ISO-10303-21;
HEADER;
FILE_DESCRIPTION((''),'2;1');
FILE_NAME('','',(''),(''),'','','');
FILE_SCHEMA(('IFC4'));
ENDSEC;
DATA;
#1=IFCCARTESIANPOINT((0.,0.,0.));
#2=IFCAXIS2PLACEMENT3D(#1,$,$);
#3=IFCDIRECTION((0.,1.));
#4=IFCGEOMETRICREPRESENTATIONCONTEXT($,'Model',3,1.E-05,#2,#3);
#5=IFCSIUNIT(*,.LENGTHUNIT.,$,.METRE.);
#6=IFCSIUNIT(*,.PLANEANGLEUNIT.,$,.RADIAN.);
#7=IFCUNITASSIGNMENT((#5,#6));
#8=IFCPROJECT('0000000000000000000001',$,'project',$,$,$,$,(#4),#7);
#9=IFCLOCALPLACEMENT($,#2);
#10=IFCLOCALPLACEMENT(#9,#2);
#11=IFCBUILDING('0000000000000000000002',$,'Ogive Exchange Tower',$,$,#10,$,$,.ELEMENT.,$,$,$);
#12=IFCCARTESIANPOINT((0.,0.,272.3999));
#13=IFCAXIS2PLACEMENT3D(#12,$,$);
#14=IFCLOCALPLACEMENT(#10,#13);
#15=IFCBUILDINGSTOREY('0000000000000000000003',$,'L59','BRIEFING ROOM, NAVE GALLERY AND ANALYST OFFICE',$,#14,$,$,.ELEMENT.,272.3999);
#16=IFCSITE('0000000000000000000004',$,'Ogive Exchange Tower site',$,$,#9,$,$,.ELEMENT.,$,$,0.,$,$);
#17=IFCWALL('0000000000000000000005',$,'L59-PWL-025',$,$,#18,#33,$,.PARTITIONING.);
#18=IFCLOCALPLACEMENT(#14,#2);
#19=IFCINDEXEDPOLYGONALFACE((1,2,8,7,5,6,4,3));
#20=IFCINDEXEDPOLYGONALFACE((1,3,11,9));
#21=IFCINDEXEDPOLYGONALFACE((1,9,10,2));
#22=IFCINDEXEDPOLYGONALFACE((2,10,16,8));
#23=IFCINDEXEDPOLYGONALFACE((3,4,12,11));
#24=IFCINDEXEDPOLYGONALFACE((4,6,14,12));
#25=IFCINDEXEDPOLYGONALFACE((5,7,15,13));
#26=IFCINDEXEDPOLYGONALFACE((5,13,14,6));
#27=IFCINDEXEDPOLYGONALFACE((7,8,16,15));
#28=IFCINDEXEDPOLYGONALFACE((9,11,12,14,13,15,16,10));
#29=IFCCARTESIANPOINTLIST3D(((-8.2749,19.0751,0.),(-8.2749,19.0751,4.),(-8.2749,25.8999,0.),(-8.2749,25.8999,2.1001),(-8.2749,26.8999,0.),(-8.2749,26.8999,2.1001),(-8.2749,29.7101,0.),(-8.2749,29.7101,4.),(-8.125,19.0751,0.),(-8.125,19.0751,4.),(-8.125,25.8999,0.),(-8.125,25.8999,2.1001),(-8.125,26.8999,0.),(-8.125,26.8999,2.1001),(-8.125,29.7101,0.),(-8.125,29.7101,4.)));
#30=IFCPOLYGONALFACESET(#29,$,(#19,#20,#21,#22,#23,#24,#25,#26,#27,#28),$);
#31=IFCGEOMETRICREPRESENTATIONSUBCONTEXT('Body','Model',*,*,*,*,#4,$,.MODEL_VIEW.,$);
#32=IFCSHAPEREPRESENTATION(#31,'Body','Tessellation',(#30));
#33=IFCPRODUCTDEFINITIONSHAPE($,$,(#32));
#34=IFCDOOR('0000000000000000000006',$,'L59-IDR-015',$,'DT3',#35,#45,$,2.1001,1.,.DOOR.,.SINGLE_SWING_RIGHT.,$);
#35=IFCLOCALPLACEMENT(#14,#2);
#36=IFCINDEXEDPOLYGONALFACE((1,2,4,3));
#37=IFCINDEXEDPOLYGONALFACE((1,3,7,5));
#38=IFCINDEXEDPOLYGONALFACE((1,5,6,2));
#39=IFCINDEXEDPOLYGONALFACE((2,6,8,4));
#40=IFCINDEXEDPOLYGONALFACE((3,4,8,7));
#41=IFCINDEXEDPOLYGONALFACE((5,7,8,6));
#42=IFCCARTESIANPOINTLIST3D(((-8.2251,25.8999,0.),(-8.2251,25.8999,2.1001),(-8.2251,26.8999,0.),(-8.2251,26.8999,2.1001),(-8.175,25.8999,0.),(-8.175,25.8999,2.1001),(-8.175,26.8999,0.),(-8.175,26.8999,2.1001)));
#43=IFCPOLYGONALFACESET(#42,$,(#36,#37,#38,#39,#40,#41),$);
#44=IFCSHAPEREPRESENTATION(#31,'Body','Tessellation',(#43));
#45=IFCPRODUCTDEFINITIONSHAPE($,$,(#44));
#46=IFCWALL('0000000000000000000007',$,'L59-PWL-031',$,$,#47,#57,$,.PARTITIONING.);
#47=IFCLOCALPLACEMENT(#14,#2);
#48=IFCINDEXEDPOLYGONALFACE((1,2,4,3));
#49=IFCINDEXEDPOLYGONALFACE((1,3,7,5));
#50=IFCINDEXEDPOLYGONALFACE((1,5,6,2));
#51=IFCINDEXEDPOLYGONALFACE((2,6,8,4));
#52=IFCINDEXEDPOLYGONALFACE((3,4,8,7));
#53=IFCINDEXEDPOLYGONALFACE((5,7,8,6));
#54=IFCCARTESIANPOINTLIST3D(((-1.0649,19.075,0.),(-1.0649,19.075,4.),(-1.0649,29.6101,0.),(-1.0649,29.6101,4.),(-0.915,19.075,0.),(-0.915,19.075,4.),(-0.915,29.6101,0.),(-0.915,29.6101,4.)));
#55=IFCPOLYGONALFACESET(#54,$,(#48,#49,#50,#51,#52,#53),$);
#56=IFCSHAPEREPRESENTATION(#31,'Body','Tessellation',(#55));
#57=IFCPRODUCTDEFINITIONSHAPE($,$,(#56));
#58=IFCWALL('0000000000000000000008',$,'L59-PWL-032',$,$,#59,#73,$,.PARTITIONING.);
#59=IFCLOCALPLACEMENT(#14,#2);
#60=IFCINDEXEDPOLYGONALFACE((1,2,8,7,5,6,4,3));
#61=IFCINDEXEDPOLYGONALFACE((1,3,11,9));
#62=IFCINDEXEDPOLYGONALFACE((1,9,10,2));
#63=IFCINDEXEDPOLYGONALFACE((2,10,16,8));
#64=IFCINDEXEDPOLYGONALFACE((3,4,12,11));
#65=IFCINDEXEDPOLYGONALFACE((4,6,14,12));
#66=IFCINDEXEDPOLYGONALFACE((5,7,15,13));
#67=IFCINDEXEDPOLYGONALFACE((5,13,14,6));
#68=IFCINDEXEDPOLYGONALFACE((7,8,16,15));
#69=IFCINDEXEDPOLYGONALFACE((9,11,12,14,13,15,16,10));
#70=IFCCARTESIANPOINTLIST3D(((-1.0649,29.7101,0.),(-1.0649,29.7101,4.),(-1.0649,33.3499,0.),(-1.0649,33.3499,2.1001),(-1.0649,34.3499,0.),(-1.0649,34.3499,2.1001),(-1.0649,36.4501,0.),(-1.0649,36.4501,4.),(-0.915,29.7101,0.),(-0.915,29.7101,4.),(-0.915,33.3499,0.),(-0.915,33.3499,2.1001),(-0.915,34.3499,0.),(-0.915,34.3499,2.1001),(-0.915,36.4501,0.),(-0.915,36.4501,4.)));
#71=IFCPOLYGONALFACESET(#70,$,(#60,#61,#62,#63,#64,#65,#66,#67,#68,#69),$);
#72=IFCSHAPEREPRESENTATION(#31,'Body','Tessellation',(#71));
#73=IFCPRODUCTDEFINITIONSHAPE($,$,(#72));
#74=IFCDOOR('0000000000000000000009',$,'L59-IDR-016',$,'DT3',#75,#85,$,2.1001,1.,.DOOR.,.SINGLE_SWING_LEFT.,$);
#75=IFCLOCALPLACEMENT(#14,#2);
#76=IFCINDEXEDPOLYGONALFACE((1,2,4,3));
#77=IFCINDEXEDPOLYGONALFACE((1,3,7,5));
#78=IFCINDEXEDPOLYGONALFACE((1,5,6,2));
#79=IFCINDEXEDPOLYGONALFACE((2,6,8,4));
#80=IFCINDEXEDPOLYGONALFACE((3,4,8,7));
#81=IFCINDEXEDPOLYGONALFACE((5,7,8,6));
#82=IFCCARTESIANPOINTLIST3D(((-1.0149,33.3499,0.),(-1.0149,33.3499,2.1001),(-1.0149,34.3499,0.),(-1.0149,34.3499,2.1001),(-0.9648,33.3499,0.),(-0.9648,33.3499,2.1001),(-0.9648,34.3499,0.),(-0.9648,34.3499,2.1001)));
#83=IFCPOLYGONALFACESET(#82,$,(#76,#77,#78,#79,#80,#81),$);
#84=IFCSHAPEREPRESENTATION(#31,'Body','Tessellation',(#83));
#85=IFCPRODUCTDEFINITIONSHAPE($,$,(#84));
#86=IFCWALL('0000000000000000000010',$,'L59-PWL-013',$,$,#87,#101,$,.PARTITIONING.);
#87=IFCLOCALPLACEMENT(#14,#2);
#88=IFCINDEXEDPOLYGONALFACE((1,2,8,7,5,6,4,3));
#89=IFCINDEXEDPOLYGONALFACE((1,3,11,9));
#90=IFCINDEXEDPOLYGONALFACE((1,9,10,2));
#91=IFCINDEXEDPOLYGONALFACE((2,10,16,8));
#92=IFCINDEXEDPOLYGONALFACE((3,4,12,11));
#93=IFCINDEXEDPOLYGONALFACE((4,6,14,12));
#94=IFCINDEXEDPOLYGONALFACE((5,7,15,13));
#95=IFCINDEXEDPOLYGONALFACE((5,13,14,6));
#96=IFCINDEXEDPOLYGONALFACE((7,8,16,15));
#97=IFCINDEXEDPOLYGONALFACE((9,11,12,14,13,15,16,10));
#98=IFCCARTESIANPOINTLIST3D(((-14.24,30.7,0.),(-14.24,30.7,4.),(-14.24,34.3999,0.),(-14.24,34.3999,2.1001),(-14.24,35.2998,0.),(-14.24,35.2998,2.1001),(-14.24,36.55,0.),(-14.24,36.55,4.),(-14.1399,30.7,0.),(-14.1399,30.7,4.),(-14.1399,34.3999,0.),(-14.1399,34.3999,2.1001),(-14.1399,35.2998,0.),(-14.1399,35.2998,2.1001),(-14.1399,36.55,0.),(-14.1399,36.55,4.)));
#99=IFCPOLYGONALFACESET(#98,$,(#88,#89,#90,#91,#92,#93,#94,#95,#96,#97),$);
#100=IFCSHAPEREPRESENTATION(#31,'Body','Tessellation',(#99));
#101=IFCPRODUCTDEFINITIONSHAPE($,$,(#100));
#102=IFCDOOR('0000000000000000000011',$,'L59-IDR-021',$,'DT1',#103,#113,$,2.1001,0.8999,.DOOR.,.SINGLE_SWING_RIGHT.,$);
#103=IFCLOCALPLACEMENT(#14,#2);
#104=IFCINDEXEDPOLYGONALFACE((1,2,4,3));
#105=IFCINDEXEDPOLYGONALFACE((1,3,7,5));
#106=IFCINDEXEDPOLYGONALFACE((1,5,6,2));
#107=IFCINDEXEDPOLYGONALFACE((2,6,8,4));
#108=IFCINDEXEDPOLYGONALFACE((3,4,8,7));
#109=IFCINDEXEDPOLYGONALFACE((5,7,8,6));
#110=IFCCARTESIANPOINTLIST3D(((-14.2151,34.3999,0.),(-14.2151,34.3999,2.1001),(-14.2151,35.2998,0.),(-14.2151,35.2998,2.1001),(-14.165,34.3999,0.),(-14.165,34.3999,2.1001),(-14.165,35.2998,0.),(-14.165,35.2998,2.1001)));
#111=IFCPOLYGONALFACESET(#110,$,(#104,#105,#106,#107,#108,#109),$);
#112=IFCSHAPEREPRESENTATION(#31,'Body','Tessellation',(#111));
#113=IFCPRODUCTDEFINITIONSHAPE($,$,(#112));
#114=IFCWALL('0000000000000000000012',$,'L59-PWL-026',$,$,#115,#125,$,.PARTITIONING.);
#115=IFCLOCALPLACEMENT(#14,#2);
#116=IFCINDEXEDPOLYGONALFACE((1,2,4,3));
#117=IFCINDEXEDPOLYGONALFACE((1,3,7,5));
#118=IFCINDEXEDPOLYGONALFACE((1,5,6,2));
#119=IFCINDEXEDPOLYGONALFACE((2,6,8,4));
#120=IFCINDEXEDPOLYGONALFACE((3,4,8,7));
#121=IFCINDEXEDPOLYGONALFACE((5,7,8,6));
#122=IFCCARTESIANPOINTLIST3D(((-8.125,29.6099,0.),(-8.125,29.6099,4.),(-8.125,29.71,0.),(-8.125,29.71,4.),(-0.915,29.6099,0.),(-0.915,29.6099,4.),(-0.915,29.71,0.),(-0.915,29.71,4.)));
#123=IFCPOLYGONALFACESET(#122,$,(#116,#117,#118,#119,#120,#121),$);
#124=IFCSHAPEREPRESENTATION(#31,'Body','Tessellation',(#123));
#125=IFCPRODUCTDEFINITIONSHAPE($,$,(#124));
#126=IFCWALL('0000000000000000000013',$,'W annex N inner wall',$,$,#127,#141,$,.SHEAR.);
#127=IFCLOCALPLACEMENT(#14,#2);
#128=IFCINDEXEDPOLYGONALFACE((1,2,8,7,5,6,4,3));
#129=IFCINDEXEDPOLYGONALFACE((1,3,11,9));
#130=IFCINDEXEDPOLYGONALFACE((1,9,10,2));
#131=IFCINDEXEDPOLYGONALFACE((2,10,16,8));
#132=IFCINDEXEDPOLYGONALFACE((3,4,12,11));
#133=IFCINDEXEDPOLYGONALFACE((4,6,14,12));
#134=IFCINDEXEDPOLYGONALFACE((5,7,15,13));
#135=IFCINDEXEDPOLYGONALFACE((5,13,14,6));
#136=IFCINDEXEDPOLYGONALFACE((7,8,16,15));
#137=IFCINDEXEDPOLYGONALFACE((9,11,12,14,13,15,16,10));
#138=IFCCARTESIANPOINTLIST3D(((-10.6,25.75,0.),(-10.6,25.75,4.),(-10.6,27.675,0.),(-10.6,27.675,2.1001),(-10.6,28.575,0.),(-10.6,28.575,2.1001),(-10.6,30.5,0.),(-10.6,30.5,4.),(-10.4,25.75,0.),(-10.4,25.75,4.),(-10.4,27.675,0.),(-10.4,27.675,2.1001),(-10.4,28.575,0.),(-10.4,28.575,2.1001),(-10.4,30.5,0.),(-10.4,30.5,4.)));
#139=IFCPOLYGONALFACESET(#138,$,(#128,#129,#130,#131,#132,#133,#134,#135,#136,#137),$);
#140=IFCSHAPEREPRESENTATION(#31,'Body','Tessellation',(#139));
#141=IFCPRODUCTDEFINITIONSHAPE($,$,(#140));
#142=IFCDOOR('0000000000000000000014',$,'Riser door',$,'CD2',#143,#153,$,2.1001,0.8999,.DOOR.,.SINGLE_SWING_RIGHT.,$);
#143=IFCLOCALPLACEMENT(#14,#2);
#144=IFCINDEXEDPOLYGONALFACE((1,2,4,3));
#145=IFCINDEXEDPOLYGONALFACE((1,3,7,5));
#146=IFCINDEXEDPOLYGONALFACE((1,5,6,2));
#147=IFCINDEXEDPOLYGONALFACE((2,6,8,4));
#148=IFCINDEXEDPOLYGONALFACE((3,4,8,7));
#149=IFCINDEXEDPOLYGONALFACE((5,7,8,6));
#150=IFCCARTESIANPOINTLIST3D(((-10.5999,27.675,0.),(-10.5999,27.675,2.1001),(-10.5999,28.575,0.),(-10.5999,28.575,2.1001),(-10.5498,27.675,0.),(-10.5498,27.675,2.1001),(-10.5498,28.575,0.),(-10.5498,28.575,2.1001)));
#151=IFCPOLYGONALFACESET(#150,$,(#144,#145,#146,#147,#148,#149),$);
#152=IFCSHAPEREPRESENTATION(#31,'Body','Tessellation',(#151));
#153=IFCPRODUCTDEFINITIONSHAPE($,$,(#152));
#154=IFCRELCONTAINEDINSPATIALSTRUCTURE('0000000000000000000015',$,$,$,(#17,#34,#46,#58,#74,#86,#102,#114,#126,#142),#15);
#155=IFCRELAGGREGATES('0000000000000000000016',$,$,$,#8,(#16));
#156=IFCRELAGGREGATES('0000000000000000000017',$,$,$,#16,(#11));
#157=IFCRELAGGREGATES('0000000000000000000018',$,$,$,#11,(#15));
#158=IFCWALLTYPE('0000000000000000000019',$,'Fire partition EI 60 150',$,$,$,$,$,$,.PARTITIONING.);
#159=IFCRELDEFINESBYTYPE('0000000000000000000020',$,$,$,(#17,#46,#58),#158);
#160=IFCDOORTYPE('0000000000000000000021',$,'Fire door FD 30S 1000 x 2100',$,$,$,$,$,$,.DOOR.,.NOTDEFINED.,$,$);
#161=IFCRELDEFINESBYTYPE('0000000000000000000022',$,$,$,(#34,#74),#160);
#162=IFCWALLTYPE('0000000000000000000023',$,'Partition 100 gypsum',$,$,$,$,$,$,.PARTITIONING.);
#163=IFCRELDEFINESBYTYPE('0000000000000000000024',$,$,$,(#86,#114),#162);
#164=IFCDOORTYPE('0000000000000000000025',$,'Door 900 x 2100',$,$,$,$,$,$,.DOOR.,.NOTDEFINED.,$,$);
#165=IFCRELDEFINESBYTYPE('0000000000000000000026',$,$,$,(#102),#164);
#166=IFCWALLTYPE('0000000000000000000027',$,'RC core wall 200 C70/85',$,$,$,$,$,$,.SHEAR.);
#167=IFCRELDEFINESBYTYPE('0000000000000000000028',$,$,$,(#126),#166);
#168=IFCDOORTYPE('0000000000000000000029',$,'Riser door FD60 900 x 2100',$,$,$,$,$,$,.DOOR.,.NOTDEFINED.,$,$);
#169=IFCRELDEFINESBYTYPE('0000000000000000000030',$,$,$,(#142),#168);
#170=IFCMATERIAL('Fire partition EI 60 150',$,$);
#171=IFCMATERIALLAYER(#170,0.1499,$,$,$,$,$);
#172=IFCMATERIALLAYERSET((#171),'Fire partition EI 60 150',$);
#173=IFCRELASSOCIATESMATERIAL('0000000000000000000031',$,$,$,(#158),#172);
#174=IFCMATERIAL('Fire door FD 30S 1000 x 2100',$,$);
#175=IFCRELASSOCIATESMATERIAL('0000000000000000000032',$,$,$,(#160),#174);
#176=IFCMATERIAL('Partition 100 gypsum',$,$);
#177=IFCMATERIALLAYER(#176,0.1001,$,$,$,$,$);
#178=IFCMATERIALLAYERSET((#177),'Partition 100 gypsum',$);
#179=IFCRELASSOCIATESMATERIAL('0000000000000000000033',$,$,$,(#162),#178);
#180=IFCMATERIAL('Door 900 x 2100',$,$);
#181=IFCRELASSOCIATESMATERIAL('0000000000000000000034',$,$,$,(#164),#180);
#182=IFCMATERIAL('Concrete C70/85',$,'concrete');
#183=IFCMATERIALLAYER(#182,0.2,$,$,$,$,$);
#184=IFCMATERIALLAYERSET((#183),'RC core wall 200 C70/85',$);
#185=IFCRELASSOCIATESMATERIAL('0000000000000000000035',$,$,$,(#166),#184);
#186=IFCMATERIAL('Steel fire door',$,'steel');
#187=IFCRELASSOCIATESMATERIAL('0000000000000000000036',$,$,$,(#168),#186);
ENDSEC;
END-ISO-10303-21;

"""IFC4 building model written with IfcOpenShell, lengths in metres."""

from ifc_helpers import new_model, si_unit, direction, frame, frame_2d, origin, place, context, subcontext, project, spatial, rectangle, extrude, material, layer, layer_set, type_object, element, fill, save


model = new_model("IFC4")

# Units and contexts
model_context = context("Model", 3, precision=1e-05, world=origin(), true_north=direction((0.0, 1.0)))
body_context = subcontext(model_context, "Body", "Model", "MODEL_VIEW")
ifc_project = project(units=[si_unit("LENGTHUNIT", "METRE"), si_unit("PLANEANGLEUNIT", "RADIAN")], contexts=[model_context])

# Site, building, storey
site_placement = place(None, origin())
site = spatial("IfcSite", under=ifc_project, at=site_placement, Name="Ogive Exchange Tower site", CompositionType="ELEMENT", RefElevation=0.0)
building_placement = place(site_placement, origin())
building = spatial("IfcBuilding", under=site, at=building_placement, Name="Ogive Exchange Tower", CompositionType="ELEMENT")
storey_placement = place(building_placement, frame((0.0, 0.0, 272.3999)))
storey = spatial("IfcBuildingStorey", under=building, at=storey_placement, Name="L59", Description="BRIEFING ROOM, NAVE GALLERY AND ANALYST OFFICE", CompositionType="ELEMENT", Elevation=272.3999)

# Shared definitions
ifc_material_1 = material(Name="Fire partition EI 60 150")
ifc_layer_1 = layer(ifc_material_1, 0.1499)
ifc_layer_set_1 = layer_set([ifc_layer_1], Name="Fire partition EI 60 150")
wall_type_1 = type_object("IfcWallType", Name="Fire partition EI 60 150", PredefinedType="PARTITIONING", material=ifc_layer_set_1)

# Wall, opening, door
wall_1_placement = place(storey_placement, frame((-8.2, 29.71, 0.0), z_axis=(0.0, 0.0, 1.0), x_axis=(0.0, -1.0, 0.0)))
wall_1 = element("IfcWall", 1, at=wall_1_placement, inside=storey, type_object=wall_type_1, Name="L59-PWL-025", PredefinedType="PARTITIONING", context=body_context, shape_type="SweptSolid", body=[
    extrude(rectangle(XDim=10.635, YDim=0.1499, at=frame_2d((5.3174, 0.0))), origin(), (0.0, 0.0, 1.0), 4.0),
])
opening_1_placement = place(wall_1_placement, frame((2.8101, 0.0, 0.0)))
opening_1 = element("IfcOpeningElement", 2, at=opening_1_placement, cuts=wall_1, PredefinedType="OPENING", context=body_context, shape_type="SweptSolid", body=[
    extrude(rectangle(XDim=1.0, YDim=2.1001, at=frame_2d((0.5, 1.05))), frame((0.0, 0.085, 0.0), z_axis=(0.0, -1.0, 0.0), x_axis=(1.0, 0.0, 0.0)), (0.0, 0.0, 1.0), 0.1699),
])
ifc_material_2 = material(Name="Fire door FD 30S 1000 x 2100")
door_type_1 = type_object("IfcDoorType", Name="Fire door FD 30S 1000 x 2100", OperationType="NOTDEFINED", PredefinedType="DOOR", material=ifc_material_2)
door_1_placement = place(opening_1_placement, origin())
door_1 = element("IfcDoor", 3, at=door_1_placement, inside=storey, type_object=door_type_1, Name="L59-IDR-015", ObjectType="DT3", OperationType="SINGLE_SWING_RIGHT", OverallHeight=2.1001, OverallWidth=1.0, PredefinedType="DOOR", context=body_context, shape_type="SweptSolid", body=[
    extrude(rectangle(XDim=1.0, YDim=2.1001, at=frame_2d((0.5, 1.05))), frame((0.0, 0.0249, 0.0), z_axis=(0.0, -1.0, 0.0), x_axis=(1.0, 0.0, 0.0)), (0.0, 0.0, 1.0), 0.05),
])
fill(opening_1, door_1)

# Wall
wall_2_placement = place(storey_placement, frame((-0.99, 19.075, 0.0), z_axis=(0.0, 0.0, 1.0), x_axis=(0.0, 1.0, 0.0)))
element("IfcWall", 4, at=wall_2_placement, inside=storey, type_object=wall_type_1, Name="L59-PWL-031", PredefinedType="PARTITIONING", context=body_context, shape_type="SweptSolid", body=[
    extrude(rectangle(XDim=10.5352, YDim=0.1499, at=frame_2d((5.2676, 0.0))), origin(), (0.0, 0.0, 1.0), 4.0),
])

# Walls, openings, doors
wall_3_placement = place(storey_placement, frame((-0.99, 29.71, 0.0), z_axis=(0.0, 0.0, 1.0), x_axis=(0.0, 1.0, 0.0)))
wall_3 = element("IfcWall", 5, at=wall_3_placement, inside=storey, type_object=wall_type_1, Name="L59-PWL-032", PredefinedType="PARTITIONING", context=body_context, shape_type="SweptSolid", body=[
    extrude(rectangle(XDim=6.74, YDim=0.1499, at=frame_2d((3.3701, 0.0))), origin(), (0.0, 0.0, 1.0), 4.0),
])
opening_2_placement = place(wall_3_placement, frame((3.6399, 0.0, 0.0)))
opening_2 = element("IfcOpeningElement", 6, at=opening_2_placement, cuts=wall_3, PredefinedType="OPENING", context=body_context, shape_type="SweptSolid", body=[
    extrude(rectangle(XDim=1.0, YDim=2.1001, at=frame_2d((0.5, 1.05))), frame((0.0, 0.085, 0.0), z_axis=(0.0, -1.0, 0.0), x_axis=(1.0, 0.0, 0.0)), (0.0, 0.0, 1.0), 0.1699),
])
door_2_placement = place(opening_2_placement, origin())
door_2 = element("IfcDoor", 7, at=door_2_placement, inside=storey, type_object=door_type_1, Name="L59-IDR-016", ObjectType="DT3", OperationType="SINGLE_SWING_LEFT", OverallHeight=2.1001, OverallWidth=1.0, PredefinedType="DOOR", context=body_context, shape_type="SweptSolid", body=[
    extrude(rectangle(XDim=1.0, YDim=2.1001, at=frame_2d((0.5, 1.05))), frame((0.0, 0.0249, 0.0), z_axis=(0.0, -1.0, 0.0), x_axis=(1.0, 0.0, 0.0)), (0.0, 0.0, 1.0), 0.05),
])
fill(opening_2, door_2)
ifc_material_3 = material(Name="Partition 100 gypsum")
ifc_layer_2 = layer(ifc_material_3, 0.1001)
ifc_layer_set_2 = layer_set([ifc_layer_2], Name="Partition 100 gypsum")
wall_type_2 = type_object("IfcWallType", Name="Partition 100 gypsum", PredefinedType="PARTITIONING", material=ifc_layer_set_2)
wall_4_placement = place(storey_placement, frame((-14.1899, 30.7, 0.0), z_axis=(0.0, 0.0, 1.0), x_axis=(0.0, 1.0, 0.0)))
wall_4 = element("IfcWall", 8, at=wall_4_placement, inside=storey, type_object=wall_type_2, Name="L59-PWL-013", PredefinedType="PARTITIONING", context=body_context, shape_type="SweptSolid", body=[
    extrude(rectangle(XDim=5.8501, YDim=0.1001, at=frame_2d((2.925, 0.0))), origin(), (0.0, 0.0, 1.0), 4.0),
])
opening_3_placement = place(wall_4_placement, frame((3.7, 0.0, 0.0)))
opening_3 = element("IfcOpeningElement", 9, at=opening_3_placement, cuts=wall_4, PredefinedType="OPENING", context=body_context, shape_type="SweptSolid", body=[
    extrude(rectangle(XDim=0.8999, YDim=2.1001, at=frame_2d((0.45, 1.05))), frame((0.0, 0.0601, 0.0), z_axis=(0.0, -1.0, 0.0), x_axis=(1.0, 0.0, 0.0)), (0.0, 0.0, 1.0), 0.1201),
])
ifc_material_4 = material(Name="Door 900 x 2100")
door_type_2 = type_object("IfcDoorType", Name="Door 900 x 2100", OperationType="NOTDEFINED", PredefinedType="DOOR", material=ifc_material_4)
door_3_placement = place(opening_3_placement, frame((0.8999, 0.0, 0.0), z_axis=(0.0, 0.0, 1.0), x_axis=(-1.0, 0.0, 0.0)))
door_3 = element("IfcDoor", 10, at=door_3_placement, inside=storey, type_object=door_type_2, Name="L59-IDR-021", ObjectType="DT1", OperationType="SINGLE_SWING_RIGHT", OverallHeight=2.1001, OverallWidth=0.8999, PredefinedType="DOOR", context=body_context, shape_type="SweptSolid", body=[
    extrude(rectangle(XDim=0.8999, YDim=2.1001, at=frame_2d((0.45, 1.05))), frame((0.0, 0.0249, 0.0), z_axis=(0.0, -1.0, 0.0), x_axis=(1.0, 0.0, 0.0)), (0.0, 0.0, 1.0), 0.05),
])
fill(opening_3, door_3)

# Wall
wall_5_placement = place(storey_placement, frame((-8.125, 29.6599, 0.0), z_axis=(0.0, 0.0, 1.0), x_axis=(1.0, 0.0, 0.0)))
element("IfcWall", 11, at=wall_5_placement, inside=storey, type_object=wall_type_2, Name="L59-PWL-026", PredefinedType="PARTITIONING", context=body_context, shape_type="SweptSolid", body=[
    extrude(rectangle(XDim=7.21, YDim=0.1001, at=frame_2d((3.605, 0.0))), origin(), (0.0, 0.0, 1.0), 4.0),
])

# Wall, opening, door
ifc_material_5 = material(Name="Concrete C70/85", Category="concrete")
ifc_layer_3 = layer(ifc_material_5, 0.2)
ifc_layer_set_3 = layer_set([ifc_layer_3], Name="RC core wall 200 C70/85")
wall_type_3 = type_object("IfcWallType", Name="RC core wall 200 C70/85", PredefinedType="SHEAR", material=ifc_layer_set_3)
wall_6_placement = place(storey_placement, frame((-10.5, 25.75, 0.0), z_axis=(0.0, 0.0, 1.0), x_axis=(0.0, 1.0, 0.0)))
wall_6 = element("IfcWall", 12, at=wall_6_placement, inside=storey, type_object=wall_type_3, Name="W annex N inner wall", PredefinedType="SHEAR", context=body_context, shape_type="SweptSolid", body=[
    extrude(rectangle(XDim=4.75, YDim=0.2, at=frame_2d((2.375, 0.0))), origin(), (0.0, 0.0, 1.0), 4.0),
])
opening_4_placement = place(wall_6_placement, frame((1.925, 0.0, 0.0)))
opening_4 = element("IfcOpeningElement", 13, at=opening_4_placement, cuts=wall_6, PredefinedType="OPENING", context=body_context, shape_type="SweptSolid", body=[
    extrude(rectangle(XDim=0.8999, YDim=2.1001, at=frame_2d((0.45, 1.05))), frame((0.0, 0.1099, 0.0), z_axis=(0.0, -1.0, 0.0), x_axis=(1.0, 0.0, 0.0)), (0.0, 0.0, 1.0), 0.22),
])
ifc_material_6 = material(Name="Steel fire door", Category="steel")
door_type_3 = type_object("IfcDoorType", Name="Riser door FD60 900 x 2100", OperationType="NOTDEFINED", PredefinedType="DOOR", material=ifc_material_6)
door_4_placement = place(opening_4_placement, frame((0.8999, 0.1499, 0.0), z_axis=(0.0, 0.0, 1.0), x_axis=(-1.0, 0.0, 0.0)))
door_4 = element("IfcDoor", 14, at=door_4_placement, inside=storey, type_object=door_type_3, Name="Riser door", ObjectType="CD2", OperationType="SINGLE_SWING_RIGHT", OverallHeight=2.1001, OverallWidth=0.8999, PredefinedType="DOOR", context=body_context, shape_type="SweptSolid", body=[
    extrude(rectangle(XDim=0.8999, YDim=2.1001, at=frame_2d((0.45, 1.05))), frame((0.0, 0.1001, 0.0), z_axis=(0.0, -1.0, 0.0), x_axis=(1.0, 0.0, 0.0)), (0.0, 0.0, 1.0), 0.05),
])
fill(opening_4, door_4)

save(model, "model.ifc")
